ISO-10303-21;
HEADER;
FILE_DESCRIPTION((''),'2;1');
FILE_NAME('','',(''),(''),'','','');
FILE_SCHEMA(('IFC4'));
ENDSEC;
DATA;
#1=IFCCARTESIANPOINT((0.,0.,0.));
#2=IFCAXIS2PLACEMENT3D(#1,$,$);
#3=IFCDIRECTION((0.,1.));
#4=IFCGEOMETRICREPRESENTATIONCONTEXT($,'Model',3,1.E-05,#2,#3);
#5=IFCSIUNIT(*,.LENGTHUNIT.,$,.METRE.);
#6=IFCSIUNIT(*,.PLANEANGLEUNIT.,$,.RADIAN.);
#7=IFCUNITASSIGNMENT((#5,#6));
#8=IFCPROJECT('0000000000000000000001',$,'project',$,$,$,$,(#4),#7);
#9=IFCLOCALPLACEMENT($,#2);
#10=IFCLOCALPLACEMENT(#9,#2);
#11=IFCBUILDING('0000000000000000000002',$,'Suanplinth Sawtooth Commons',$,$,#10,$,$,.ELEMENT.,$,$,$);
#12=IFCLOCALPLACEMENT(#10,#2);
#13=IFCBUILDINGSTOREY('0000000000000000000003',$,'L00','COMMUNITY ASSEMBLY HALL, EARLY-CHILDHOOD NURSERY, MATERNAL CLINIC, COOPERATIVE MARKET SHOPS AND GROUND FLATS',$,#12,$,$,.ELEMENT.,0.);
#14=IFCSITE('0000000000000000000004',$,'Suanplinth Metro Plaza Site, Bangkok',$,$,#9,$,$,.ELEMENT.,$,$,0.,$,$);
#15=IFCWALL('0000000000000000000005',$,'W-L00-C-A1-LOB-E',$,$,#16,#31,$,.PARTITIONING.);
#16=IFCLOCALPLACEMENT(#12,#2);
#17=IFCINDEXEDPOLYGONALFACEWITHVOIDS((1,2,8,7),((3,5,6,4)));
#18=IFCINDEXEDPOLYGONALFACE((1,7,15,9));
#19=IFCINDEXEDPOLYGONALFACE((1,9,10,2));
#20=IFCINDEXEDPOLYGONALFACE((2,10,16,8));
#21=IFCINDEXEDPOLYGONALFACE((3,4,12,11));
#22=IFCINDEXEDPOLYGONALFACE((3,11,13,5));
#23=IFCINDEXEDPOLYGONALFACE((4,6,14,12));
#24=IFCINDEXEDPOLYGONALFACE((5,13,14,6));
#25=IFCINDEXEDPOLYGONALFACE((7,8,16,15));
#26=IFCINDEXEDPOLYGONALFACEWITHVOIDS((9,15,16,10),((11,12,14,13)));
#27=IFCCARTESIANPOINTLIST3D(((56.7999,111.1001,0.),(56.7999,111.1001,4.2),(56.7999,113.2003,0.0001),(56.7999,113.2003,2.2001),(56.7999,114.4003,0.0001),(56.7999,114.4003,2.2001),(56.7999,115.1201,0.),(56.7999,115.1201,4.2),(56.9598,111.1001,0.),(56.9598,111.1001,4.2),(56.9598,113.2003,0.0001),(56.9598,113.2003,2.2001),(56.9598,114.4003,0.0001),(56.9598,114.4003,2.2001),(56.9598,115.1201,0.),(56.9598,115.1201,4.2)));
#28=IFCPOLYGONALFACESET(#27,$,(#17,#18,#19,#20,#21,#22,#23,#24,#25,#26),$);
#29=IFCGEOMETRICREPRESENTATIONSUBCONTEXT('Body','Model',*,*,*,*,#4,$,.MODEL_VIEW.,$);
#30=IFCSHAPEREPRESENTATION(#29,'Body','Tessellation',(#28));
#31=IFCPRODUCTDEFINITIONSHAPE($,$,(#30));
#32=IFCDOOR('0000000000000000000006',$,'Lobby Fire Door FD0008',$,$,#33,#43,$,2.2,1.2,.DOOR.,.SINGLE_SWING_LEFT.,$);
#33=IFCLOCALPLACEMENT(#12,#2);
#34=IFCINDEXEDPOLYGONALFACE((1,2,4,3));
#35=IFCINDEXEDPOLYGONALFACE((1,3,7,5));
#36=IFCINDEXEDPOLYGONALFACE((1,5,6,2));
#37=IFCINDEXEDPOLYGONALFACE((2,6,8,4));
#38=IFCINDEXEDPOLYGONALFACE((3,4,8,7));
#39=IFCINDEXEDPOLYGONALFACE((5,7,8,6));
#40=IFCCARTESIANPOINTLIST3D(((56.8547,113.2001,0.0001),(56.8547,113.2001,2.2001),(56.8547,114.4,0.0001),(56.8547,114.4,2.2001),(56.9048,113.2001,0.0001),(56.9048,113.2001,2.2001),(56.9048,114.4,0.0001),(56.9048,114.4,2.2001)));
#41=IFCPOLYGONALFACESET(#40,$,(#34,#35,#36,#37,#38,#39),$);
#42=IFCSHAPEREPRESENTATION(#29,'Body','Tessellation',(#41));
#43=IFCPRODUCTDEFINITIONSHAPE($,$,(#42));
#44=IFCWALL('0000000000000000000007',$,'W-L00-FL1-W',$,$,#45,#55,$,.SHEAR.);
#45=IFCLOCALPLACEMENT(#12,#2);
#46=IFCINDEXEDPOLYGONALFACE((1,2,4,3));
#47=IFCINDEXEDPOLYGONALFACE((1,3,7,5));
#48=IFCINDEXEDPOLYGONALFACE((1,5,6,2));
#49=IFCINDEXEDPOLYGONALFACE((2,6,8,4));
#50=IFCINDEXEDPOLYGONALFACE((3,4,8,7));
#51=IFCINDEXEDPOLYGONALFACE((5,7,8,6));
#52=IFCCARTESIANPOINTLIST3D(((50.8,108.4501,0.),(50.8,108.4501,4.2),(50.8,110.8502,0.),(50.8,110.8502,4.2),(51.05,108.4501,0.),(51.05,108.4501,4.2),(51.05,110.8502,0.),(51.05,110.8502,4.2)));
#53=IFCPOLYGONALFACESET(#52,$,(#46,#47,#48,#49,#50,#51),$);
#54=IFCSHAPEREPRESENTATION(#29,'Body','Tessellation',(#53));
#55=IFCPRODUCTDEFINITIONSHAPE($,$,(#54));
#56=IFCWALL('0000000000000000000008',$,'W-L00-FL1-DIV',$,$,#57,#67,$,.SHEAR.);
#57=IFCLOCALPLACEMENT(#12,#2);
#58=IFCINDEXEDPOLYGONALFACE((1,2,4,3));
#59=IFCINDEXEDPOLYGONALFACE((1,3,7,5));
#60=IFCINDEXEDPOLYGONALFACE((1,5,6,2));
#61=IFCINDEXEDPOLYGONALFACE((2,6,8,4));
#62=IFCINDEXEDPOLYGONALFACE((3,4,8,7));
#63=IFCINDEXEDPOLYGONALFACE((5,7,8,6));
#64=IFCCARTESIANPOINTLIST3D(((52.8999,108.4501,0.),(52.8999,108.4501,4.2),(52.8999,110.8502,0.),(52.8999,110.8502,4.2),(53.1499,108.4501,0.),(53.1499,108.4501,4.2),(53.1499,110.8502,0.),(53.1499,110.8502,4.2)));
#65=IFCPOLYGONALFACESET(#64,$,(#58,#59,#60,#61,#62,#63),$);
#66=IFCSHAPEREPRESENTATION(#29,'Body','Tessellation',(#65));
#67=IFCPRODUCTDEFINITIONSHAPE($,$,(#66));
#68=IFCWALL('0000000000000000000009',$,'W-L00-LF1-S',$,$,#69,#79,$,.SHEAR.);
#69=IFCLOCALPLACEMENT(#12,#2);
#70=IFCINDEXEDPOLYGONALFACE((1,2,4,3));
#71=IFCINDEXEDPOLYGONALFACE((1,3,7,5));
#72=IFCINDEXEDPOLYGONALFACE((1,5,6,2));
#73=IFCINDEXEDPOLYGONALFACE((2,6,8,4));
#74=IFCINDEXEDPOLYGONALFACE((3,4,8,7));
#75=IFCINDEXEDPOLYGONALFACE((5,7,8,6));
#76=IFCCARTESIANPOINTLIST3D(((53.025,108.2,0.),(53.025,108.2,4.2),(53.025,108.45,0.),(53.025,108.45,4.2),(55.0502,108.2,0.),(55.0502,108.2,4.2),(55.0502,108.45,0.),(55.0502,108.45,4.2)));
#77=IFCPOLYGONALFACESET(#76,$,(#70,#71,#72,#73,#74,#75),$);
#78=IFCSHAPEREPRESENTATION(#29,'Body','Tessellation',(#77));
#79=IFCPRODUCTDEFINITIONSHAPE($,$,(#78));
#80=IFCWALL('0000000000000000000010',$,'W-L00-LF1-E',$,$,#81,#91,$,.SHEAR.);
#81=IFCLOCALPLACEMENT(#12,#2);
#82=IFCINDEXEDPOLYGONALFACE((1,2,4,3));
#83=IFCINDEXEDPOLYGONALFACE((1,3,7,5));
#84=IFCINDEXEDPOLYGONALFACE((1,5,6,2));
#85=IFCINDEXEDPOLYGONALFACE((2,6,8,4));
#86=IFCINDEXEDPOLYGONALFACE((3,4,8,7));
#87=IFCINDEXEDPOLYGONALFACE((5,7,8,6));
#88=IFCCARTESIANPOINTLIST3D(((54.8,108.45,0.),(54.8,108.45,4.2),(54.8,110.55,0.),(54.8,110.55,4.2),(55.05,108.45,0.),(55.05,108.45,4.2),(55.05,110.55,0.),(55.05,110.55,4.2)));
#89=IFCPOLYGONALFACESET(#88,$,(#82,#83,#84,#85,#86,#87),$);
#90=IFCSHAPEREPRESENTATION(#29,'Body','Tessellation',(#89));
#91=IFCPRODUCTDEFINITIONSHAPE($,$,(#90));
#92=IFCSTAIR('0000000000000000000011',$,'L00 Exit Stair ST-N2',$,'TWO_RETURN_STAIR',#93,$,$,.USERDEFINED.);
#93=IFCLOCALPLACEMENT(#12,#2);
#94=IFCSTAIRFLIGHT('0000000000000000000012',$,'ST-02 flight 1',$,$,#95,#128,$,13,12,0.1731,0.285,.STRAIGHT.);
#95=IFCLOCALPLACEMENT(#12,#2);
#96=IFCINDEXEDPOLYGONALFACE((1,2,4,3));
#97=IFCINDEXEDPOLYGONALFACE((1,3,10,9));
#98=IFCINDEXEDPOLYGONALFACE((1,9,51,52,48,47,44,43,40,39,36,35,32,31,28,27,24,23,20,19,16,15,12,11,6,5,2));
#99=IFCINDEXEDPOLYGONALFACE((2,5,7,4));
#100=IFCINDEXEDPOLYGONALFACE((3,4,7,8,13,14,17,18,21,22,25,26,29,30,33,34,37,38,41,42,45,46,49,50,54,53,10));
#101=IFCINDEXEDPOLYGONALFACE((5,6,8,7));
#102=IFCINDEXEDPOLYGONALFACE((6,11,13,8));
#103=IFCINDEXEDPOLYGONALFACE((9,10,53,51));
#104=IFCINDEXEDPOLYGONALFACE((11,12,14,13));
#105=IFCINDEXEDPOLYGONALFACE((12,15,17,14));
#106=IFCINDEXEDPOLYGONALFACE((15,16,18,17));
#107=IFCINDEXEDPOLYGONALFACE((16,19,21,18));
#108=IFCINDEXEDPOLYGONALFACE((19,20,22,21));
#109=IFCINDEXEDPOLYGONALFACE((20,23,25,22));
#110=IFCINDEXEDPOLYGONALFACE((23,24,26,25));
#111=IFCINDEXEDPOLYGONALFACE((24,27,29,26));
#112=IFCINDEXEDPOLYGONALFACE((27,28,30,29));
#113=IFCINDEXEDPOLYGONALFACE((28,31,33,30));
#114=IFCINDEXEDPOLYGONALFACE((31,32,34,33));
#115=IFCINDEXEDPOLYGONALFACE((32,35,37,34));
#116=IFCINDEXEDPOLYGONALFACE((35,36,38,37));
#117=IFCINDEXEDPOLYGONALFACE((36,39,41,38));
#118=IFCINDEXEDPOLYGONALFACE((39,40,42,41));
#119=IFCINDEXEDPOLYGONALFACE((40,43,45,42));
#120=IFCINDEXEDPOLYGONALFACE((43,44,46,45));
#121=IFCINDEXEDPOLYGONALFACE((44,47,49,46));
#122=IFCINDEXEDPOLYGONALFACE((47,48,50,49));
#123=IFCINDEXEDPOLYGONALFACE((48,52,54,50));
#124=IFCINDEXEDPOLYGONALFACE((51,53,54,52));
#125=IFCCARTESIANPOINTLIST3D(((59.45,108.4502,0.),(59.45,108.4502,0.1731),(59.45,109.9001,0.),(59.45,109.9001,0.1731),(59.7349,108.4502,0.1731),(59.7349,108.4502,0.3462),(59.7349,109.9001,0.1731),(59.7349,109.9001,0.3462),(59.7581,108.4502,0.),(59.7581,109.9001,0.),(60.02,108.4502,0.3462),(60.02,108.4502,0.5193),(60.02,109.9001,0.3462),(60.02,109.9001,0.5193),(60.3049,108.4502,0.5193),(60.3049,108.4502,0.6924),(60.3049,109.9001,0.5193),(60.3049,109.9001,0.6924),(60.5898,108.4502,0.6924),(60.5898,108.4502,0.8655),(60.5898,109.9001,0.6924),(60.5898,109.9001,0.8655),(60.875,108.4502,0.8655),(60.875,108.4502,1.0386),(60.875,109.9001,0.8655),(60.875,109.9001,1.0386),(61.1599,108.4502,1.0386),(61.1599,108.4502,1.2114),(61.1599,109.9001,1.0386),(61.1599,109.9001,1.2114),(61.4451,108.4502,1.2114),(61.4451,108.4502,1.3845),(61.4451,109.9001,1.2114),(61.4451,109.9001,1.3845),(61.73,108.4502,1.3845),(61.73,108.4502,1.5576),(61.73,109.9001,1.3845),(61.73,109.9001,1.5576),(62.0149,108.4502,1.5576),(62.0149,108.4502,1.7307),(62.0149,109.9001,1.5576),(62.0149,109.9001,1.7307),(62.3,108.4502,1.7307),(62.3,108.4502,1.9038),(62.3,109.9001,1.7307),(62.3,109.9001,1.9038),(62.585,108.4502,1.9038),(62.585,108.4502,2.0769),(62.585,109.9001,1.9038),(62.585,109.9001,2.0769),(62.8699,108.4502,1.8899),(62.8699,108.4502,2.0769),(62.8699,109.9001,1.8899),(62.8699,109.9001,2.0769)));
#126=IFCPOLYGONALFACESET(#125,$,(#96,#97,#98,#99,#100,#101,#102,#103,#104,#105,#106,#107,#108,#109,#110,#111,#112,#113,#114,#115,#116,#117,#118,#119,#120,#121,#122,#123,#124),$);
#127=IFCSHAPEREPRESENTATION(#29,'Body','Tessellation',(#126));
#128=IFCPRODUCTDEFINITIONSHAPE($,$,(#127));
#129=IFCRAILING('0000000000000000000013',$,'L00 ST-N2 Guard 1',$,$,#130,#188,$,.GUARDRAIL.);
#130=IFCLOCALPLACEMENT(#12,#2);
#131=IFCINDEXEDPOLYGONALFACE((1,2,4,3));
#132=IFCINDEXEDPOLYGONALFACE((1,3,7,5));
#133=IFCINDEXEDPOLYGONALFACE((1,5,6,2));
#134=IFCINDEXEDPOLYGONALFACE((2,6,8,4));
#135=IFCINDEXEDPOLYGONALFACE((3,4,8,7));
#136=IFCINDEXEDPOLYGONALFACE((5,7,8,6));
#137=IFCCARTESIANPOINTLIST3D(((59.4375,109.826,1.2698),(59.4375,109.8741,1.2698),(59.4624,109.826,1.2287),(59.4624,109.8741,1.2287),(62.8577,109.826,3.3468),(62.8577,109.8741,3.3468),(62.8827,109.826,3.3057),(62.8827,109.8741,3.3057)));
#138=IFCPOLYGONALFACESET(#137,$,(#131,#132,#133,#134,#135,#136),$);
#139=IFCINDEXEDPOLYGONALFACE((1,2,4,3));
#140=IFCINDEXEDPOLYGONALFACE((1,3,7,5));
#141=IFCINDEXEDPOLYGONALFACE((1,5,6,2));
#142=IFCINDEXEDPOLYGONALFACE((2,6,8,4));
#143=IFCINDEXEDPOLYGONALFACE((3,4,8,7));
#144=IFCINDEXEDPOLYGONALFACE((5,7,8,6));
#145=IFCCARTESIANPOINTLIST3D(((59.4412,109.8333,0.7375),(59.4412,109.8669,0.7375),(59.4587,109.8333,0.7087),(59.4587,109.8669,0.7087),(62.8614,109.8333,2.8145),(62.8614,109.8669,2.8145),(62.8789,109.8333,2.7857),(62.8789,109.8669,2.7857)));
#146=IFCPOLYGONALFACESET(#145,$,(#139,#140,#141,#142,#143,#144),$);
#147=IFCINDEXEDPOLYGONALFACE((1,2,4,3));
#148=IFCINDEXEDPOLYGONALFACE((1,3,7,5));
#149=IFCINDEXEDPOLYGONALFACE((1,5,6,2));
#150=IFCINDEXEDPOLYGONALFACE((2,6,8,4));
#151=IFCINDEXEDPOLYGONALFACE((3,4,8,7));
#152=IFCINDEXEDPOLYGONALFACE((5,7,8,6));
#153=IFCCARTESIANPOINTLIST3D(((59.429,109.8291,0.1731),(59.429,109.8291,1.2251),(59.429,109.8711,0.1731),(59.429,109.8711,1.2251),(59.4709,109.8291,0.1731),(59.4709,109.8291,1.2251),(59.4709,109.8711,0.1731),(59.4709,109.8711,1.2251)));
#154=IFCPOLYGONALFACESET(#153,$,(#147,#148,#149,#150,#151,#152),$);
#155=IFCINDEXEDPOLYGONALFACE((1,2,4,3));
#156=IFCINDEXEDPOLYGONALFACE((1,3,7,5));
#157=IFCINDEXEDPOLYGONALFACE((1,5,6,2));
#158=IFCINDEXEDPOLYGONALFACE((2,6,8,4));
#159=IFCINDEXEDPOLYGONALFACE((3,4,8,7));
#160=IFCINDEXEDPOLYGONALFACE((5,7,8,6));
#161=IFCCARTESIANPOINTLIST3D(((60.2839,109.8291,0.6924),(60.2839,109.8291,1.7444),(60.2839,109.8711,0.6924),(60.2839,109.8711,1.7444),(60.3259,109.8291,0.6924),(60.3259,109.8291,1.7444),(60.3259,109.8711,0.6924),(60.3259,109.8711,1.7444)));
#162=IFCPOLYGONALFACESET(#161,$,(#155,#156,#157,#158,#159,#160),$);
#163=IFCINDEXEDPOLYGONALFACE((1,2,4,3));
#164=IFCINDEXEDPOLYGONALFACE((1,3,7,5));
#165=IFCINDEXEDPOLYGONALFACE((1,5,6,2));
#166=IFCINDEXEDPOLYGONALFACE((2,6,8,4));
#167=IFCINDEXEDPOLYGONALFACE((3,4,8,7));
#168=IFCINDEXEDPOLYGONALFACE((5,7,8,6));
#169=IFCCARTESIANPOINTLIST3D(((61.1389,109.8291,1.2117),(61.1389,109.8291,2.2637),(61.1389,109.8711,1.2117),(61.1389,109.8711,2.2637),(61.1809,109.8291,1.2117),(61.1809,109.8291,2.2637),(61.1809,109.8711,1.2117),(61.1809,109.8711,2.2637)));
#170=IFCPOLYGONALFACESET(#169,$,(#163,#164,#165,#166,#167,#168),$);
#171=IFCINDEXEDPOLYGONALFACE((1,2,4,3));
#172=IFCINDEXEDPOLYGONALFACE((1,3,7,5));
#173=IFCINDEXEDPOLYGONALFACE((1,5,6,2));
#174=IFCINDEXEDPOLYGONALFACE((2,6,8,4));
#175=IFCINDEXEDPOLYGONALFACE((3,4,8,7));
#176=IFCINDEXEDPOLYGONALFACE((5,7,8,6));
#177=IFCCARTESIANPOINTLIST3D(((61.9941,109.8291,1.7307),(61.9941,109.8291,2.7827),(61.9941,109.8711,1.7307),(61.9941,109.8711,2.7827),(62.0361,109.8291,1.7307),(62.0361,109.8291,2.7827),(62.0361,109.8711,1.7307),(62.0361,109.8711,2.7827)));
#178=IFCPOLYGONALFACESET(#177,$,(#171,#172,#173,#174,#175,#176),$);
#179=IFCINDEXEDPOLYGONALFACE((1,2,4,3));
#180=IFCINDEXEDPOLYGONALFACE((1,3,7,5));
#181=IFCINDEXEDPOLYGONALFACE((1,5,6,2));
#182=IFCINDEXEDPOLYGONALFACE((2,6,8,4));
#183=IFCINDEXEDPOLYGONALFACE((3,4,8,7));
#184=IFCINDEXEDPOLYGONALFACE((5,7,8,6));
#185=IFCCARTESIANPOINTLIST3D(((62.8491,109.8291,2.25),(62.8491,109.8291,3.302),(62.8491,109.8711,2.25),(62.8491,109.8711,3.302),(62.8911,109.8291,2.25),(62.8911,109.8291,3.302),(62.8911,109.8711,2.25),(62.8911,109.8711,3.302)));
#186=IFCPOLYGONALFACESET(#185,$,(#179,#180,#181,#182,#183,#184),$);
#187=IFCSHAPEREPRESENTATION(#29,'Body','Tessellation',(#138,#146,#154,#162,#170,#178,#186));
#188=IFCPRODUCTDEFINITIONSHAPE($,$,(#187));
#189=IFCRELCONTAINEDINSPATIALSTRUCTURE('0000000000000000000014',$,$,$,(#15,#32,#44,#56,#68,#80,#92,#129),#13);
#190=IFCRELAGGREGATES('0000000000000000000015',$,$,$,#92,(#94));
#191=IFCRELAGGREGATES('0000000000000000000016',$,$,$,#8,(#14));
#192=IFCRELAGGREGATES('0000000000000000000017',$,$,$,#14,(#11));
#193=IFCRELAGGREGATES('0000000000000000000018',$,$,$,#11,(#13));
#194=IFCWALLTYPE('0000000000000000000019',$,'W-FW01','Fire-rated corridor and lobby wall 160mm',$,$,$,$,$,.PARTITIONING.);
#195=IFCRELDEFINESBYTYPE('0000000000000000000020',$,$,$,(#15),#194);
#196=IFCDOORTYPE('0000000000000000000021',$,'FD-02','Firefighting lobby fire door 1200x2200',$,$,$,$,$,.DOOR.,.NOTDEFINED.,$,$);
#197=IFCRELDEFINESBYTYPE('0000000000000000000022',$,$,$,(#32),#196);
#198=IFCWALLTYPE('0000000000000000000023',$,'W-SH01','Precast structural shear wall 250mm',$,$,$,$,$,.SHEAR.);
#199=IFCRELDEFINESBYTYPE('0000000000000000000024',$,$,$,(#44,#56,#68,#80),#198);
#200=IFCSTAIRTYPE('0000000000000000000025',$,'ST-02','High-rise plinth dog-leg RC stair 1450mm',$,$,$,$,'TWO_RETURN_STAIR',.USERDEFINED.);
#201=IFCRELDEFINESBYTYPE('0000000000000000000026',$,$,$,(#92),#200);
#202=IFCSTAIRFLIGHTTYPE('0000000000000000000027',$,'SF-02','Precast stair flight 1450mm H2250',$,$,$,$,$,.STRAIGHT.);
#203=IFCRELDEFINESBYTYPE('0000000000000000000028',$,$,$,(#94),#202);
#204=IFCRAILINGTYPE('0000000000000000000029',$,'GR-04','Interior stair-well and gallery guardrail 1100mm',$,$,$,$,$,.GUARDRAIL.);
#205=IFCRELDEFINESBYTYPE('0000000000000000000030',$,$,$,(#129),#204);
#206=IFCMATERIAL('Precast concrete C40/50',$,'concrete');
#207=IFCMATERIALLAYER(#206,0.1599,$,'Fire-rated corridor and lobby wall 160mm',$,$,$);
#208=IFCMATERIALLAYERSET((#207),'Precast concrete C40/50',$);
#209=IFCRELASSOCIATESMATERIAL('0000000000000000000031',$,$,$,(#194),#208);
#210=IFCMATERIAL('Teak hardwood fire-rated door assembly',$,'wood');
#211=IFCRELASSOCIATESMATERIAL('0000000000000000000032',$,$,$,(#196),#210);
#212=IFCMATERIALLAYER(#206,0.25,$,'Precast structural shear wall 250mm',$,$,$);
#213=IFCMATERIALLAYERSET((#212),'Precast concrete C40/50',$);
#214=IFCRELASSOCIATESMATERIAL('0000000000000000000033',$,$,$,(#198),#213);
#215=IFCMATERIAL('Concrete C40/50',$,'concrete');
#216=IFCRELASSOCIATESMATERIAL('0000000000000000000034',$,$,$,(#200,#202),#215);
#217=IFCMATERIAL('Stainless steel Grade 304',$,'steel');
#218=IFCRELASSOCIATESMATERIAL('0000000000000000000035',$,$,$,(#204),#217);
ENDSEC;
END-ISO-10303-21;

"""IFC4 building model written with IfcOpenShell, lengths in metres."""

from ifc_helpers import new_model, si_unit, direction, frame, frame_2d, origin, origin_2d, place, context, subcontext, project, spatial, polyline, rectangle, outline, extrude, material, layer, layer_set, type_object, element, fill, aggregate, save


model = new_model("IFC4")

# Units and contexts
model_context = context("Model", 3, precision=1e-05, world=origin(), true_north=direction((0.0, 1.0)))
body_context = subcontext(model_context, "Body", "Model", "MODEL_VIEW")
ifc_project = project(units=[si_unit("LENGTHUNIT", "METRE"), si_unit("PLANEANGLEUNIT", "RADIAN")], contexts=[model_context])

# Site, building, storey
site_placement = place(None, origin())
site = spatial("IfcSite", under=ifc_project, at=site_placement, Name="Suanplinth Metro Plaza Site, Bangkok", CompositionType="ELEMENT", RefElevation=0.0)
building_placement = place(site_placement, origin())
building = spatial("IfcBuilding", under=site, at=building_placement, Name="Suanplinth Sawtooth Commons", CompositionType="ELEMENT")
storey_placement = place(building_placement, origin())
storey = spatial("IfcBuildingStorey", under=building, at=storey_placement, Name="L00", Description="COMMUNITY ASSEMBLY HALL, EARLY-CHILDHOOD NURSERY, MATERNAL CLINIC, COOPERATIVE MARKET SHOPS AND GROUND FLATS", CompositionType="ELEMENT", Elevation=0.0)

# Shared definitions
ifc_material_1 = material(Name="Concrete C40/50", Category="concrete")

# Shared definitions
ifc_material_2 = material(Name="Teak hardwood fire-rated door assembly", Category="wood")

# Shared definitions
ifc_material_3 = material(Name="Precast concrete C40/50", Category="concrete")

# Wall, opening, door
ifc_layer_1 = layer(ifc_material_3, 0.1599, Name="Fire-rated corridor and lobby wall 160mm")
ifc_layer_set_1 = layer_set([ifc_layer_1], Name="Precast concrete C40/50")
wall_type_1 = type_object("IfcWallType", Name="W-FW01", Description="Fire-rated corridor and lobby wall 160mm", PredefinedType="PARTITIONING", material=ifc_layer_set_1)
door_type_1 = type_object("IfcDoorType", Name="FD-02", Description="Firefighting lobby fire door 1200x2200", OperationType="NOTDEFINED", PredefinedType="DOOR", material=ifc_material_2)
wall_1_placement = place(storey_placement, frame((56.8799, 111.1001, 0.0), z_axis=(0.0, 0.0, 1.0), x_axis=(0.0, 1.0, 0.0)))
wall_1 = element("IfcWall", 1, at=wall_1_placement, inside=storey, type_object=wall_type_1, Name="W-L00-C-A1-LOB-E", PredefinedType="PARTITIONING", context=body_context, shape_type="SweptSolid", body=[
    extrude(rectangle(XDim=4.02, YDim=0.1599, at=frame_2d((2.01, 0.0))), origin(), (0.0, 0.0, 1.0), 4.2),
])
opening_1_placement = place(wall_1_placement, frame((2.1001, 0.0, 0.0)))
opening_1 = element("IfcOpeningElement", 2, at=opening_1_placement, cuts=wall_1, PredefinedType="OPENING", context=body_context, shape_type="SweptSolid", body=[
    extrude(rectangle(XDim=1.2, YDim=2.2, at=frame_2d((0.6001, 1.1001))), frame((0.0, 0.0947, 0.0), z_axis=(0.0, -1.0, 0.0), x_axis=(1.0, 0.0, 0.0)), (0.0, 0.0, 1.0), 0.1897),
])
door_1_placement = place(opening_1_placement, frame((1.2, 0.0, 0.0), z_axis=(0.0, 0.0, 1.0), x_axis=(-1.0, 0.0, 0.0)))
door_1 = element("IfcDoor", 3, at=door_1_placement, inside=storey, type_object=door_type_1, Name="Lobby Fire Door FD0008", OperationType="SINGLE_SWING_LEFT", OverallHeight=2.2, OverallWidth=1.2, PredefinedType="DOOR", context=body_context, shape_type="SweptSolid", body=[
    extrude(rectangle(XDim=1.2, YDim=2.2, at=frame_2d((0.6001, 1.1001))), frame((0.0, 0.0249, 0.0), z_axis=(0.0, -1.0, 0.0), x_axis=(1.0, 0.0, 0.0)), (0.0, 0.0, 1.0), 0.05),
])
fill(opening_1, door_1)

# Walls
ifc_layer_2 = layer(ifc_material_3, 0.25, Name="Precast structural shear wall 250mm")
ifc_layer_set_2 = layer_set([ifc_layer_2], Name="Precast concrete C40/50")
wall_type_2 = type_object("IfcWallType", Name="W-SH01", Description="Precast structural shear wall 250mm", PredefinedType="SHEAR", material=ifc_layer_set_2)
for number, where, z_axis, x_axis, name in (
    (4, (50.925, 108.45, 0.0), (0.0, 0.0, 1.0), (0.0, 1.0, 0.0), "W-L00-FL1-W"),
    (5, (53.0249, 108.45, 0.0), (0.0, 0.0, 1.0), (0.0, 1.0, 0.0), "W-L00-FL1-DIV"),
):
    element("IfcWall", number, at=place(storey_placement, frame(where, z_axis=z_axis, x_axis=x_axis)), inside=storey, type_object=wall_type_2, Name=name, PredefinedType="SHEAR", context=body_context, shape_type="SweptSolid", body=[
        extrude(rectangle(XDim=2.4001, YDim=0.25, at=frame_2d((1.2002, 0.0))), origin(), (0.0, 0.0, 1.0), 4.2),
    ])
wall_2_placement = place(storey_placement, frame((53.0249, 108.325, 0.0), z_axis=(0.0, 0.0, 1.0), x_axis=(1.0, 0.0, 0.0)))
element("IfcWall", 6, at=wall_2_placement, inside=storey, type_object=wall_type_2, Name="W-L00-LF1-S", PredefinedType="SHEAR", context=body_context, shape_type="SweptSolid", body=[
    extrude(rectangle(XDim=2.0251, YDim=0.25, at=frame_2d((1.0127, 0.0))), origin(), (0.0, 0.0, 1.0), 4.2),
])

# Shared definitions
ifc_material_4 = material(Name="Stainless steel Grade 304", Category="steel")

# Wall
wall_3_placement = place(storey_placement, frame((54.925, 108.45, 0.0), z_axis=(0.0, 0.0, 1.0), x_axis=(0.0, 1.0, 0.0)))
element("IfcWall", 7, at=wall_3_placement, inside=storey, type_object=wall_type_2, Name="W-L00-LF1-E", PredefinedType="SHEAR", context=body_context, shape_type="SweptSolid", body=[
    extrude(rectangle(XDim=2.1001, YDim=0.25, at=frame_2d((1.05, 0.0))), origin(), (0.0, 0.0, 1.0), 4.2),
])

# Stair, stair flight
stair_type = type_object("IfcStairType", Name="ST-02", Description="High-rise plinth dog-leg RC stair 1450mm", ElementType="TWO_RETURN_STAIR", PredefinedType="USERDEFINED", material=ifc_material_1)
stair_placement = place(storey_placement, origin())
stair = element("IfcStair", 8, at=stair_placement, inside=storey, type_object=stair_type, Name="L00 Exit Stair ST-N2", ObjectType="TWO_RETURN_STAIR", PredefinedType="USERDEFINED")
stair_flight_type = type_object("IfcStairFlightType", Name="SF-02", Description="Precast stair flight 1450mm H2250", PredefinedType="STRAIGHT", material=ifc_material_1)
stair_flight_placement = place(storey_placement, frame((59.45, 109.175, 0.0), z_axis=(0.0, 0.0, 1.0), x_axis=(1.0, 0.0, 0.0)))
stair_flight = element("IfcStairFlight", 9, at=stair_flight_placement, type_object=stair_flight_type, Name="ST-02 flight 1", NumberOfRisers=13, NumberOfTreads=12, PredefinedType="STRAIGHT", RiserHeight=0.1731, TreadLength=0.285, context=body_context, shape_type="SweptSolid", body=[
    extrude(outline(polyline([(0.0, 0.0), (0.0, 0.1731), (0.2849, 0.1731), (0.2849, 0.3462), (0.5701, 0.3462), (0.5701, 0.5193), (0.855, 0.5193), (0.855, 0.6924), (1.1399, 0.6924), (1.1399, 0.8655), (1.425, 0.8655), (1.425, 1.0386), (1.71, 1.0386), (1.71, 1.2114), (1.9951, 1.2114), (1.9951, 1.3845), (2.28, 1.3845), (2.28, 1.5576), (2.5649, 1.5576), (2.5649, 1.7307), (2.8501, 1.7307), (2.8501, 1.9038), (3.135, 1.9038), (3.135, 2.0769), (3.4199, 2.0769), (3.4199, 2.25), (3.4199, 1.8899), (0.3081, 0.0), (0.0, 0.0)])), frame((0.0, 0.7251, 0.0), z_axis=(0.0, -1.0, 0.0), x_axis=(1.0, 0.0, 0.0)), (0.0, 0.0, 1.0), 1.45),
])
aggregate(stair, [stair_flight])

# Railing
railing_type_1 = type_object("IfcRailingType", Name="GR-04", Description="Interior stair-well and gallery guardrail 1100mm", PredefinedType="GUARDRAIL", material=ifc_material_4)
railing_1_placement = place(storey_placement, frame((59.45, 109.8501, 0.1731)))
element("IfcRailing", 10, at=railing_1_placement, inside=storey, type_object=railing_type_1, Name="L00 ST-N2 Guard 1", PredefinedType="GUARDRAIL", context=body_context, shape_type="SweptSolid", body=[
    extrude(rectangle(XDim=0.0481, YDim=0.0481, at=origin_2d()), frame((0.0, 0.0, 1.0762), z_axis=(0.854746, 0.0, 0.519047), x_axis=(0.0, 1.0, 0.0)), (0.0, 0.0, 1.0), 4.0015),
    extrude(rectangle(XDim=0.0337, YDim=0.0337, at=origin_2d()), frame((0.0, 0.0, 0.55), z_axis=(0.854746, 0.0, 0.519047), x_axis=(0.0, 1.0, 0.0)), (0.0, 0.0, 1.0), 4.0015),
    extrude(rectangle(XDim=0.042, YDim=0.042, at=origin_2d()), origin(), (0.0, 0.0, 1.0), 1.052),
    extrude(rectangle(XDim=0.042, YDim=0.042, at=origin_2d()), frame((0.855, 0.0, 0.5193)), (0.0, 0.0, 1.0), 1.052),
    extrude(rectangle(XDim=0.042, YDim=0.042, at=origin_2d()), frame((1.71, 0.0, 1.0386)), (0.0, 0.0, 1.0), 1.052),
    extrude(rectangle(XDim=0.042, YDim=0.042, at=origin_2d()), frame((2.5652, 0.0, 1.5576)), (0.0, 0.0, 1.0), 1.052),
    extrude(rectangle(XDim=0.042, YDim=0.042, at=origin_2d()), frame((3.4202, 0.0, 2.0769)), (0.0, 0.0, 1.0), 1.052),
])

save(model, "model.ifc")
